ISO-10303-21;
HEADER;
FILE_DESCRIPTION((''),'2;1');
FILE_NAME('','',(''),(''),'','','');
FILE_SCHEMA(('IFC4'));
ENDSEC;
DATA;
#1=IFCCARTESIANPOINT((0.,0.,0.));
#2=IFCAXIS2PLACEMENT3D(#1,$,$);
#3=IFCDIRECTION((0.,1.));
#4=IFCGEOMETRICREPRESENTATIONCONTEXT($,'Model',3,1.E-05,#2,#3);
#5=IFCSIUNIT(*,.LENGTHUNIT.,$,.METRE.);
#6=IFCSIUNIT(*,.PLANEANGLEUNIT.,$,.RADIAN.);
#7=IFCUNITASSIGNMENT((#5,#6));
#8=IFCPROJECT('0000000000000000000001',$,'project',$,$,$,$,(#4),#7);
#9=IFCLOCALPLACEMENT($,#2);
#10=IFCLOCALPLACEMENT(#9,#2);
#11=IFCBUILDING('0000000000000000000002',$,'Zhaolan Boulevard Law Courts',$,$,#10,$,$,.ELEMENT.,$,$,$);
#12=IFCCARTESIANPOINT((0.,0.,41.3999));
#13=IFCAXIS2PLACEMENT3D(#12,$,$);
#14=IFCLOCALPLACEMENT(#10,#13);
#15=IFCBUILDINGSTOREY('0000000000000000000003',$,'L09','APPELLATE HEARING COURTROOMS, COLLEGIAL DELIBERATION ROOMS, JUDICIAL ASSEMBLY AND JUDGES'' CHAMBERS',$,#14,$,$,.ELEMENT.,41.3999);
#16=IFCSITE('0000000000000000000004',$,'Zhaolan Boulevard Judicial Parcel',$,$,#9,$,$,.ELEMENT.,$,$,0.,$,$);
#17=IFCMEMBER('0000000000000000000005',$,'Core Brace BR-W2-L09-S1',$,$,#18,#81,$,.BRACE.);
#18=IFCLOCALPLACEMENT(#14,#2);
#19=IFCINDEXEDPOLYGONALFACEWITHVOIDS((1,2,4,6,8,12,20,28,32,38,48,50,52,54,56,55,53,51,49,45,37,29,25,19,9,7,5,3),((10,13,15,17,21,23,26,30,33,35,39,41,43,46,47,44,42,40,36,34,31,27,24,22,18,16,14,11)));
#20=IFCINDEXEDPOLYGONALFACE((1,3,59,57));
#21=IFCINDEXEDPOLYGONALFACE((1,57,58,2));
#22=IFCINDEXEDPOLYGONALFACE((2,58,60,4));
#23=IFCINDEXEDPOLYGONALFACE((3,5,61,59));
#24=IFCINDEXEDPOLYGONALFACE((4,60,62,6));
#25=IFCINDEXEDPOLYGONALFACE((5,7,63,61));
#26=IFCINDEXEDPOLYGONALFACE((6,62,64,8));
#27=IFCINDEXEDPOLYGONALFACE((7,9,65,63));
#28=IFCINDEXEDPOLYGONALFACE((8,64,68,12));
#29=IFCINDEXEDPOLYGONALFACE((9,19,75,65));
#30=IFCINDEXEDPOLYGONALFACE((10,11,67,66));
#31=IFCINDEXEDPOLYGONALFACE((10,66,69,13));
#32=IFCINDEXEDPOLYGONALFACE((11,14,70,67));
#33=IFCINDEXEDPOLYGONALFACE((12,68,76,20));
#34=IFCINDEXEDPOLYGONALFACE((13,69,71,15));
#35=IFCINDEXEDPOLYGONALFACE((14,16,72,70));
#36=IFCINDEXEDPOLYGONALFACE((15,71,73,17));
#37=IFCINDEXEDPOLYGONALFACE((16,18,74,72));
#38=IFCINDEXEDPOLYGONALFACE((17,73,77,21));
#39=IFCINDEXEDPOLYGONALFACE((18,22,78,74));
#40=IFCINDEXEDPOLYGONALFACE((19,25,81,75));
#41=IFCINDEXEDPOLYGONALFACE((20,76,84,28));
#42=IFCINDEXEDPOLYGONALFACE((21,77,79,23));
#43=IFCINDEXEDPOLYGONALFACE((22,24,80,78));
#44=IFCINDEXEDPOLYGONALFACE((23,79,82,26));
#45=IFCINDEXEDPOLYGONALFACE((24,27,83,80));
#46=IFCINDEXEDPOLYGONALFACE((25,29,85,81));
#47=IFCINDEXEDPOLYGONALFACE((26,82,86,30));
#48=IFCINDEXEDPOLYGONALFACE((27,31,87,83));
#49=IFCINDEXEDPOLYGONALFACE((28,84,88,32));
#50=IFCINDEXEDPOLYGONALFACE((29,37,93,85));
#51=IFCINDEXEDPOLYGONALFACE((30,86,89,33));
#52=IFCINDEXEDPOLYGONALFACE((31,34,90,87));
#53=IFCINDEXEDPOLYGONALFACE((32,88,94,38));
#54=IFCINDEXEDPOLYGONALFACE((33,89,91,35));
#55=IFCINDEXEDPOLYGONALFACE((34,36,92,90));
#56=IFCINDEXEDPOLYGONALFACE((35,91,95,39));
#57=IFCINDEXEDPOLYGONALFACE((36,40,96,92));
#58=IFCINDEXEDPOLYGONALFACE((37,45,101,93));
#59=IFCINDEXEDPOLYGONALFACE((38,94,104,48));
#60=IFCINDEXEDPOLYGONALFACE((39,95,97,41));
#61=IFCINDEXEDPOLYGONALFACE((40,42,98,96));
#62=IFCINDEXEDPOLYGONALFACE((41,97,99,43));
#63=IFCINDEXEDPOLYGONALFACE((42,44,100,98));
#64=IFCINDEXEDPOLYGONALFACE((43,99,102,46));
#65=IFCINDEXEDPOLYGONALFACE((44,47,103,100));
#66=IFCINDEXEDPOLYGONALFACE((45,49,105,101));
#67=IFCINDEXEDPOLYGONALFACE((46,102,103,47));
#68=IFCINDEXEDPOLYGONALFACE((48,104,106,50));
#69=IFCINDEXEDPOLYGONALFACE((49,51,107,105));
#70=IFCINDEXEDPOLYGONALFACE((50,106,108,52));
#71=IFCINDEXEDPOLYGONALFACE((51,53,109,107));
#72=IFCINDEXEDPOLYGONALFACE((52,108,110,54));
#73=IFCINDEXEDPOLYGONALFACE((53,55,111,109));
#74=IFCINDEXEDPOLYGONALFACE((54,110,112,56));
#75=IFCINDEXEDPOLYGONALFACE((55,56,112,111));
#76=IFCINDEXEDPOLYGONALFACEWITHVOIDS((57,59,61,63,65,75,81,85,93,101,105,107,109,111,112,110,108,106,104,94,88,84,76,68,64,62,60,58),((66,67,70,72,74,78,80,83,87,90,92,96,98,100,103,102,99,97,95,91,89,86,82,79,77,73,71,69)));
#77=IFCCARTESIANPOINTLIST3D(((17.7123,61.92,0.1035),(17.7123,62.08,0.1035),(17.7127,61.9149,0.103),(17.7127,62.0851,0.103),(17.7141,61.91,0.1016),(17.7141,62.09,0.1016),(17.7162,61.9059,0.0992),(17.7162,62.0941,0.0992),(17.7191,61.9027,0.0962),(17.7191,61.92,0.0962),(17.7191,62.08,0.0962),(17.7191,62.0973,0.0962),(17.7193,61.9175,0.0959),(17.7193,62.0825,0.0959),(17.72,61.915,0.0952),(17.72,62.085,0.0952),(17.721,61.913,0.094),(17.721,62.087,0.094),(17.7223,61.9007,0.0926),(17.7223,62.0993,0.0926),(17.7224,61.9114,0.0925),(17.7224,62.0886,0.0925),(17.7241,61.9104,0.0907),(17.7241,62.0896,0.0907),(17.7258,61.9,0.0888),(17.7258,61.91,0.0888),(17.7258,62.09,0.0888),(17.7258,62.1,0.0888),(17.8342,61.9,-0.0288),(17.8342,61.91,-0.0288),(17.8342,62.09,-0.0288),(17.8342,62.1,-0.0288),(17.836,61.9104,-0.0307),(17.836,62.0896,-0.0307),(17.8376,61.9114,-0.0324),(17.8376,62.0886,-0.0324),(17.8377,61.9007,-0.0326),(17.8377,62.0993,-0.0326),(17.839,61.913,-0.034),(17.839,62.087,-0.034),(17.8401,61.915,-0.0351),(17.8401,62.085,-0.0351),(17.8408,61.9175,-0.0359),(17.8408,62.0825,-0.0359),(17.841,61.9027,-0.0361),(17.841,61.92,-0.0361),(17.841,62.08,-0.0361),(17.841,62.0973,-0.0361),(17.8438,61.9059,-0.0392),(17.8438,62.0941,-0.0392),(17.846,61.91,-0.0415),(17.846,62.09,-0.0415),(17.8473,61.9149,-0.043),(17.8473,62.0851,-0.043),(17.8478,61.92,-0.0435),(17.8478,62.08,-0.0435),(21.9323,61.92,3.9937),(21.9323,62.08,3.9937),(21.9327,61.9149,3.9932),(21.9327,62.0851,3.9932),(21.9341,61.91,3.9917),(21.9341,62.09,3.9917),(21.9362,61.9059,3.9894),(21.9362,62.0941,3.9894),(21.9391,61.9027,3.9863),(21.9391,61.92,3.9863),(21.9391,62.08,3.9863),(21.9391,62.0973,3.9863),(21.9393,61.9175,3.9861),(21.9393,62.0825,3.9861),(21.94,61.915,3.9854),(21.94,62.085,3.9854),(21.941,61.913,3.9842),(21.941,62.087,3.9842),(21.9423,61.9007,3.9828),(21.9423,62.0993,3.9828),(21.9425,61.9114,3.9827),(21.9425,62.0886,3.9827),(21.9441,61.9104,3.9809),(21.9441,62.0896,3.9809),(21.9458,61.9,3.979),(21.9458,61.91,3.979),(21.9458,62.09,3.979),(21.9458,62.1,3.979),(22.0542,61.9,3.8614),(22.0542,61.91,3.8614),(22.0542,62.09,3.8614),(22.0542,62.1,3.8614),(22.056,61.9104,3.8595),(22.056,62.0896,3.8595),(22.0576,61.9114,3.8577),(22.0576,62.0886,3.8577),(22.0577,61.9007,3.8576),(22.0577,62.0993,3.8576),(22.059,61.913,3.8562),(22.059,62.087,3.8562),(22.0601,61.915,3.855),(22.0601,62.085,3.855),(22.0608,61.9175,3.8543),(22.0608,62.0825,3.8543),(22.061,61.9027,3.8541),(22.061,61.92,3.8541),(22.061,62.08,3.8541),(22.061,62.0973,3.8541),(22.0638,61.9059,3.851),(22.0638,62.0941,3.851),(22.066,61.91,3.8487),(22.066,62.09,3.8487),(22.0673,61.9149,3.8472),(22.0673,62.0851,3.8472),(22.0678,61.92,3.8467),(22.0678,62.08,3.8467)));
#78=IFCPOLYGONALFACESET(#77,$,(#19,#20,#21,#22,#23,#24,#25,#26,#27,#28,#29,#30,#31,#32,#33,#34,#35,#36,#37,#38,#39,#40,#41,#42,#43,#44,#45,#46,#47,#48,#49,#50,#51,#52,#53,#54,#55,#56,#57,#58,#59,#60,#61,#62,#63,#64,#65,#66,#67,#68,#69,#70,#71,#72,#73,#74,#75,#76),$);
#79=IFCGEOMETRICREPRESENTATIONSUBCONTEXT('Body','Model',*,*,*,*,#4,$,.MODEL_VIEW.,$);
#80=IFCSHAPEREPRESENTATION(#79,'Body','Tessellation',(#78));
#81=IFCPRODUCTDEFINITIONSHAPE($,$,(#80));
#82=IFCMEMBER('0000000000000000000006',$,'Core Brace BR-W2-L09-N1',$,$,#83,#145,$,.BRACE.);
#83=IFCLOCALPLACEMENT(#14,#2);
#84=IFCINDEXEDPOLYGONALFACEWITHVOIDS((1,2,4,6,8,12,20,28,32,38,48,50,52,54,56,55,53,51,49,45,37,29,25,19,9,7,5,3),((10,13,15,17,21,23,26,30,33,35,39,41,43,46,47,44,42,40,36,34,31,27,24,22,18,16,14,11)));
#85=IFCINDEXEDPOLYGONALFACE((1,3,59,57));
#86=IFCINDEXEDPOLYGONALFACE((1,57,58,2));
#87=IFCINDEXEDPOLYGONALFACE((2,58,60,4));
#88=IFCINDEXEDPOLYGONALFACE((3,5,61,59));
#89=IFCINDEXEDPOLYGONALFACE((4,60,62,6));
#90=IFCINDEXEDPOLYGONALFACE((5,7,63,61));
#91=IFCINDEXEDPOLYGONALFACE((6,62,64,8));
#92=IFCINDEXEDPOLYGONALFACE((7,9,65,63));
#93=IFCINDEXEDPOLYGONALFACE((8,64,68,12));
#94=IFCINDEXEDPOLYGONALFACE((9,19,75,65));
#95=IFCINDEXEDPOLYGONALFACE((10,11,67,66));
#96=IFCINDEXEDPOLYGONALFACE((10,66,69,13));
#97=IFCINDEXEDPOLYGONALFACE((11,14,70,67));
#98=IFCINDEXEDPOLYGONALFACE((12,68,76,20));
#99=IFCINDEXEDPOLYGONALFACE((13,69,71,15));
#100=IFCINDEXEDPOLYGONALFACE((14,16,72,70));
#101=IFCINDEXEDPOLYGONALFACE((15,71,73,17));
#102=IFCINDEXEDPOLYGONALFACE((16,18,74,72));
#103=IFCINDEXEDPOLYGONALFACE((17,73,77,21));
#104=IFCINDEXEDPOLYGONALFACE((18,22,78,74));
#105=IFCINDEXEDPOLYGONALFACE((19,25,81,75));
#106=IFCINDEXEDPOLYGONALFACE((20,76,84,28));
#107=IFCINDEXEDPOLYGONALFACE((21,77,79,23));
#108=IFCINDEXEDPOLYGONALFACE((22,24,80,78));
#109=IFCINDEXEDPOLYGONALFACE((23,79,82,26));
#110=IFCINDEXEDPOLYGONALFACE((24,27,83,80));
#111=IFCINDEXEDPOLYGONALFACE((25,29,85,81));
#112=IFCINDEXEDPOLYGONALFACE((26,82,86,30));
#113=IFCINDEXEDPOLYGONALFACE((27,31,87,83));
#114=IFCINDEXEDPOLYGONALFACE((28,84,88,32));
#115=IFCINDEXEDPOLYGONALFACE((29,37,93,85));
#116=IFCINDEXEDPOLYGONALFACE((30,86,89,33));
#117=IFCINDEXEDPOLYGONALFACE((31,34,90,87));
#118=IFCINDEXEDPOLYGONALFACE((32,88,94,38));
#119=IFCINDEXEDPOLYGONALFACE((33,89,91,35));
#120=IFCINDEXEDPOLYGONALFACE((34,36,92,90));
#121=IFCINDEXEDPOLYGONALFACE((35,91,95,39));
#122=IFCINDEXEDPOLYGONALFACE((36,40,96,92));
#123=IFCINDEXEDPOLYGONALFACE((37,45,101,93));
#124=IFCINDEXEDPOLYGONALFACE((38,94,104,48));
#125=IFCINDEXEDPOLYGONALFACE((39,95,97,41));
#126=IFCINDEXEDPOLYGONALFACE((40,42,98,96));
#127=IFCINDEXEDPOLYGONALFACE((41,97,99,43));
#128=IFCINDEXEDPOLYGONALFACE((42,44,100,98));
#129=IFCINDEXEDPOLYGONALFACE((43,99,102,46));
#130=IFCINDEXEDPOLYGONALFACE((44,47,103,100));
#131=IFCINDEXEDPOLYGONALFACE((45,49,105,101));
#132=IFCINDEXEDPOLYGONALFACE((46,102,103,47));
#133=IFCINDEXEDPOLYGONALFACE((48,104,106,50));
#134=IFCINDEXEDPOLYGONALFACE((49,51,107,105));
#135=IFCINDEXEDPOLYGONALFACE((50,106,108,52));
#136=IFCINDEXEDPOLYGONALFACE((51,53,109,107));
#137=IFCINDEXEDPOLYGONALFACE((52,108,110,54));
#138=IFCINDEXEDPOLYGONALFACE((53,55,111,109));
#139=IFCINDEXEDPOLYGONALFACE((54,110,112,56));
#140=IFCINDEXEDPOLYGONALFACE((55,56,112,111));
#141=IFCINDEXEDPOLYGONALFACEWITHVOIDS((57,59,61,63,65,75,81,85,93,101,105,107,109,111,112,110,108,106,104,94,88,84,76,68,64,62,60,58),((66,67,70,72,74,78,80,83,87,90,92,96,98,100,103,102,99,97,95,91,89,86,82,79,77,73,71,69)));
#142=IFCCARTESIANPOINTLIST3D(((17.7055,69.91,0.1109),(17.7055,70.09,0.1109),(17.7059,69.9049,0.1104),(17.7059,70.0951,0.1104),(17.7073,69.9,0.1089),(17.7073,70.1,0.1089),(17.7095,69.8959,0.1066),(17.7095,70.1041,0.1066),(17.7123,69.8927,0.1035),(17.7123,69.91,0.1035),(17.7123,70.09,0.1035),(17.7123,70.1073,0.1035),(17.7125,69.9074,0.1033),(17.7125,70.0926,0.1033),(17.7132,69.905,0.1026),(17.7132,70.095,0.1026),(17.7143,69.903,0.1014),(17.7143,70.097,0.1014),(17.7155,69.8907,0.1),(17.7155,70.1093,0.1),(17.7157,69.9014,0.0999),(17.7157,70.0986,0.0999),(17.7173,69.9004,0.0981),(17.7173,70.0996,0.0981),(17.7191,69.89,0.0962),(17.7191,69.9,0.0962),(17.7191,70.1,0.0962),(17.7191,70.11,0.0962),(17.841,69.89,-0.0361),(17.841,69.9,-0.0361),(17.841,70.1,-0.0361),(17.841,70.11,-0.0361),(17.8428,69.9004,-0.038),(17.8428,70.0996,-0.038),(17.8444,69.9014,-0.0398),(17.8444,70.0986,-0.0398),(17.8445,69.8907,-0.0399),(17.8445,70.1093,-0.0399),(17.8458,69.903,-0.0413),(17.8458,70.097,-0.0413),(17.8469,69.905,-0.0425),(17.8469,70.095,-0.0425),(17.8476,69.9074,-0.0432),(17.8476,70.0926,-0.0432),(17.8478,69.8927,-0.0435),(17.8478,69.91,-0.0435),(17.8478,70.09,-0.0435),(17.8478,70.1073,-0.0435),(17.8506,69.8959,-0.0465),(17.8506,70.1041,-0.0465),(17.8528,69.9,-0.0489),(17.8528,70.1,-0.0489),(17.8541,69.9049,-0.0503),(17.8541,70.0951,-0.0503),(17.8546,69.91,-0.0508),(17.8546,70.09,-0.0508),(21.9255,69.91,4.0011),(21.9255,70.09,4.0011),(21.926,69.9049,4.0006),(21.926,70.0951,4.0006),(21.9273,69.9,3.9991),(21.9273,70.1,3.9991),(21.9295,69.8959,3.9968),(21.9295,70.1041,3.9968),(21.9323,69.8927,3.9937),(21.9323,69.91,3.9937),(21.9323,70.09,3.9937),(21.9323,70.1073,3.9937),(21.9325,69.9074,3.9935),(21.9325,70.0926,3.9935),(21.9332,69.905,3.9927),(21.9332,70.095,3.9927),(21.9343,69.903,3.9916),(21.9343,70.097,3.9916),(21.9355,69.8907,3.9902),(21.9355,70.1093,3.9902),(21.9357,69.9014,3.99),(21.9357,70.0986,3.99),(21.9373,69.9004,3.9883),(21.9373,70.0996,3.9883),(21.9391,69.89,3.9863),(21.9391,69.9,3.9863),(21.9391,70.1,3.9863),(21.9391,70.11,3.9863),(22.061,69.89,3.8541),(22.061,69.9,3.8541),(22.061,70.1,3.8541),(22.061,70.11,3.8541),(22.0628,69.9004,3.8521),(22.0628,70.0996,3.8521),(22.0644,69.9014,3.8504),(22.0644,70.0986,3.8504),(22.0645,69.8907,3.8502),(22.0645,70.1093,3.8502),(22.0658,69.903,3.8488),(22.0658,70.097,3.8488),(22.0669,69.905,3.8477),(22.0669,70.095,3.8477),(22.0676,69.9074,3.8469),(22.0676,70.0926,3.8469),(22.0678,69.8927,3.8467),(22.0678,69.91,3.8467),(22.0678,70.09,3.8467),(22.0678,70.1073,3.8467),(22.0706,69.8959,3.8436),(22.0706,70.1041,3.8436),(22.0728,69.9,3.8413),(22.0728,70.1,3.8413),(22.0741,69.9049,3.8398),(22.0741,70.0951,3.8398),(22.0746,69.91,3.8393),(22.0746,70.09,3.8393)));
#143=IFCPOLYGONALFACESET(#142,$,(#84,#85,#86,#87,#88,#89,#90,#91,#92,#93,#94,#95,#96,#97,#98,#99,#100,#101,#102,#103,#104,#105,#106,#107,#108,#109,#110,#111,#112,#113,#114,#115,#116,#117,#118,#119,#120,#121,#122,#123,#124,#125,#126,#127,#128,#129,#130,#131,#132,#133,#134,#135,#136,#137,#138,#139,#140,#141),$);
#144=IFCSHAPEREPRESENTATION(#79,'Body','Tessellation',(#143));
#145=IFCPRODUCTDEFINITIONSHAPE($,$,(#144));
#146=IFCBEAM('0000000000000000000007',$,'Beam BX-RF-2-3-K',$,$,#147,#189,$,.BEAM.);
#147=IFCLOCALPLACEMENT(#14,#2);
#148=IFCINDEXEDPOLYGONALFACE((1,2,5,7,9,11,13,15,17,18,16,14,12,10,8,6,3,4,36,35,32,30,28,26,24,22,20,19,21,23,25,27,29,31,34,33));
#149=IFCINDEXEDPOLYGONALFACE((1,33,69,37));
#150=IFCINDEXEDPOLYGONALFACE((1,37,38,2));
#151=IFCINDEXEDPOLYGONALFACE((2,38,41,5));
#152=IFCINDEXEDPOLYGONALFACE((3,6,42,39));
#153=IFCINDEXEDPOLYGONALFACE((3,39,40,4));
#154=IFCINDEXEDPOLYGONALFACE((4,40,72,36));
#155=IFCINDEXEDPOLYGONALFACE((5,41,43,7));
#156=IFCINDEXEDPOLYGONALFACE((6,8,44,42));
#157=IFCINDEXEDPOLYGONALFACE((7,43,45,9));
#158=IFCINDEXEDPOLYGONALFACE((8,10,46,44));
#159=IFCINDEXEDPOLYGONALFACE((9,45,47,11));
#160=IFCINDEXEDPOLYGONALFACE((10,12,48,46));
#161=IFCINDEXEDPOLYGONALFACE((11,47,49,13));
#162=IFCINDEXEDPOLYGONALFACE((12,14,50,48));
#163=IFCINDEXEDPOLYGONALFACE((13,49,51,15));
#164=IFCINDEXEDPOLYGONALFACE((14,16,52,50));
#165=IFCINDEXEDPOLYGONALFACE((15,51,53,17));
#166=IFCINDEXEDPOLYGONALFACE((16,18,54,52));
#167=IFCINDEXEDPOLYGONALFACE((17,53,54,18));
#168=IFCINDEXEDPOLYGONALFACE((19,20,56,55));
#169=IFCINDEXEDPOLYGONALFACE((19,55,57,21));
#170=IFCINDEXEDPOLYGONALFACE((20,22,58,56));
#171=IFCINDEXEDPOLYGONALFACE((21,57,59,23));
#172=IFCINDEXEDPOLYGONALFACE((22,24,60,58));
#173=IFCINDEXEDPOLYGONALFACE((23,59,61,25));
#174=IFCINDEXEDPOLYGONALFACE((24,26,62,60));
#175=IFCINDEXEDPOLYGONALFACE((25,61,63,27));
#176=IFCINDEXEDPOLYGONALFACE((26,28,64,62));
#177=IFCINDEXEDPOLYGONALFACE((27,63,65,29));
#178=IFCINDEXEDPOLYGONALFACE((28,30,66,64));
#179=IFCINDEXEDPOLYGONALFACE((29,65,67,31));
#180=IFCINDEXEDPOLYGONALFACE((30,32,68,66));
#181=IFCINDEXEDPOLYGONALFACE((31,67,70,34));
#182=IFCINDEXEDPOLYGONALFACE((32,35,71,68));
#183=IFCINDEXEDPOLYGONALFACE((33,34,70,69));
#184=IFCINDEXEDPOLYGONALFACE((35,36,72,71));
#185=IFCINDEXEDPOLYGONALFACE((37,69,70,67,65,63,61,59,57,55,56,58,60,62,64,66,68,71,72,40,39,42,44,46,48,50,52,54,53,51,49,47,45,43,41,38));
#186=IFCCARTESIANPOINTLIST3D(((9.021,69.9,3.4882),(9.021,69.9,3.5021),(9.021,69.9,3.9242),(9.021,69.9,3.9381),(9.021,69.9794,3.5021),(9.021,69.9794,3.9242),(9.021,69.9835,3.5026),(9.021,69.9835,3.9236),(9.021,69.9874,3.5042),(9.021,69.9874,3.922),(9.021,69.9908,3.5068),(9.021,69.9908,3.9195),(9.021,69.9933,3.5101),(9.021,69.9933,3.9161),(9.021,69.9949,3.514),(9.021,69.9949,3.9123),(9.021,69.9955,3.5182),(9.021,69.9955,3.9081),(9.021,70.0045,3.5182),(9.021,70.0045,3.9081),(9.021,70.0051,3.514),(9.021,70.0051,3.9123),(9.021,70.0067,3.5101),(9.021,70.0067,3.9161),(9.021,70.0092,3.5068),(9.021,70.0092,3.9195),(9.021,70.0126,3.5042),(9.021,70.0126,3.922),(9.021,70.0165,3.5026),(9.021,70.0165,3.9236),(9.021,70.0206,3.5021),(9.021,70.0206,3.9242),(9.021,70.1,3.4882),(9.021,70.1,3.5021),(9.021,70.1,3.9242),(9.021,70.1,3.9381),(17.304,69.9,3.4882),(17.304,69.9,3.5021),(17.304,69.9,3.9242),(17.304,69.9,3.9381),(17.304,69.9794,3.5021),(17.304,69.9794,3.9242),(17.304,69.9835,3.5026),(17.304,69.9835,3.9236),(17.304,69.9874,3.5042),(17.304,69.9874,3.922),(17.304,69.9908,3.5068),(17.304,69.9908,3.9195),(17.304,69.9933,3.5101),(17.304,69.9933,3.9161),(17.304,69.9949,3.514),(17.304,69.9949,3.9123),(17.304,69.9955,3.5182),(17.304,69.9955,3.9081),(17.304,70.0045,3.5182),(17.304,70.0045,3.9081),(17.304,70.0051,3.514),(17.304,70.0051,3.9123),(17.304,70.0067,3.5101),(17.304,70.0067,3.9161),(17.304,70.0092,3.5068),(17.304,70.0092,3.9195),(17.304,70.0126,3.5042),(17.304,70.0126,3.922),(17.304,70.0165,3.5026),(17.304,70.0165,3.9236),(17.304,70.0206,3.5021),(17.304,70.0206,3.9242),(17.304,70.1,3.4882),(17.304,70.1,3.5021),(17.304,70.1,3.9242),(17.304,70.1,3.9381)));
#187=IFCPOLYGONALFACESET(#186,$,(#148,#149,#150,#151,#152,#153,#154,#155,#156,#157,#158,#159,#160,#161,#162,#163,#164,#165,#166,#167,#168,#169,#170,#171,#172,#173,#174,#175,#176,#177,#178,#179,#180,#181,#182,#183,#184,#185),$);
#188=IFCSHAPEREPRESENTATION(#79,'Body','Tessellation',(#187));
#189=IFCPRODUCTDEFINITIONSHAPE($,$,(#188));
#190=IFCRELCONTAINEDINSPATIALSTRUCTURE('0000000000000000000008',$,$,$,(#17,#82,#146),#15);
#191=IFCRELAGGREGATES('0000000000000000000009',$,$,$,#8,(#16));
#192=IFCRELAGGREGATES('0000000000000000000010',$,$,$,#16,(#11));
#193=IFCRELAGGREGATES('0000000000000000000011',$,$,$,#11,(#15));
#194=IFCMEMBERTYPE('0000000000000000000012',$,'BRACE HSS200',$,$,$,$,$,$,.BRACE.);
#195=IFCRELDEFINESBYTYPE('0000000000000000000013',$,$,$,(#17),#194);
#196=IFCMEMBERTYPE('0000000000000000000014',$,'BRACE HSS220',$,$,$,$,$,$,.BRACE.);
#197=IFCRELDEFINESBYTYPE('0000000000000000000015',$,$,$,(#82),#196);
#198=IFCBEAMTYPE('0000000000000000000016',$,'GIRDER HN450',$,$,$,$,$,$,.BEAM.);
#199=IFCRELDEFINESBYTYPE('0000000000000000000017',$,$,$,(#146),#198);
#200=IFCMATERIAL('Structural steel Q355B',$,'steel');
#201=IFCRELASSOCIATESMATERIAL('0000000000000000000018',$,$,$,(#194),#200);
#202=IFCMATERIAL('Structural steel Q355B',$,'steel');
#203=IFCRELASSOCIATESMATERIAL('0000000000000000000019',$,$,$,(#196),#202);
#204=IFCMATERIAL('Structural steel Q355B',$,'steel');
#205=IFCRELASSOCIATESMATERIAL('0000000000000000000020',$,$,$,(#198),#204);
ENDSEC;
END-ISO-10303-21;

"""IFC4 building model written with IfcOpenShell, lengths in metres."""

from ifc_helpers import new_model, si_unit, direction, frame, origin, origin_2d, place, context, subcontext, project, spatial, hollow_rectangle, i_section, extrude, material, material_profile, profile_set, type_object, element, save


model = new_model("IFC4")

# Units and contexts
model_context = context("Model", 3, precision=1e-05, world=origin(), true_north=direction((0.0, 1.0)))
body_context = subcontext(model_context, "Body", "Model", "MODEL_VIEW")
ifc_project = project(units=[si_unit("LENGTHUNIT", "METRE"), si_unit("PLANEANGLEUNIT", "RADIAN")], contexts=[model_context])

# Site, building, storey
site_placement = place(None, origin())
site = spatial("IfcSite", under=ifc_project, at=site_placement, Name="Zhaolan Boulevard Judicial Parcel", CompositionType="ELEMENT", RefElevation=0.0)
building_placement = place(site_placement, origin())
building = spatial("IfcBuilding", under=site, at=building_placement, Name="Zhaolan Boulevard Law Courts", CompositionType="ELEMENT")
storey_placement = place(building_placement, frame((0.0, 0.0, 41.3999)))
storey = spatial("IfcBuildingStorey", under=building, at=storey_placement, Name="L09", Description="APPELLATE HEARING COURTROOMS, COLLEGIAL DELIBERATION ROOMS, JUDICIAL ASSEMBLY AND JUDGES' CHAMBERS", CompositionType="ELEMENT", Elevation=41.3999)

# Members
ifc_material_1 = material(Name="Structural steel Q355B", Category="steel")
ifc_material_profile_1 = material_profile(ifc_material_1, hollow_rectangle(XDim=0.2, YDim=0.2, WallThickness=0.01, InnerFilletRadius=0.01, OuterFilletRadius=0.02, at=origin_2d()), Name="HSS200x200x10")
ifc_profile_set_1 = profile_set([ifc_material_profile_1], Name="Structural steel Q355B")
member_type_1 = type_object("IfcMemberType", Name="BRACE HSS200", PredefinedType="BRACE", material=ifc_profile_set_1)
member_1_placement = place(storey_placement, frame((17.78, 62.0, 0.03), z_axis=(0.735257, 0.0, 0.677789), x_axis=(0.0, 1.0, 0.0)))
element("IfcMember", 1, at=member_1_placement, inside=storey, type_object=member_type_1, Name="Core Brace BR-W2-L09-S1", PredefinedType="BRACE", context=body_context, shape_type="SweptSolid", body=[
    extrude(hollow_rectangle(XDim=0.2, YDim=0.2, WallThickness=0.01, InnerFilletRadius=0.01, OuterFilletRadius=0.02, at=origin_2d()), origin(), (0.0, 0.0, 1.0), 5.7395),
])
ifc_material_2 = material(Name="Structural steel Q355B", Category="steel")
ifc_material_profile_2 = material_profile(ifc_material_2, hollow_rectangle(XDim=0.22, YDim=0.22, WallThickness=0.01, InnerFilletRadius=0.01, OuterFilletRadius=0.02, at=origin_2d()), Name="HSS220x220x10")
ifc_profile_set_2 = profile_set([ifc_material_profile_2], Name="Structural steel Q355B")
member_type_2 = type_object("IfcMemberType", Name="BRACE HSS220", PredefinedType="BRACE", material=ifc_profile_set_2)
member_2_placement = place(storey_placement, frame((17.78, 70.0, 0.03), z_axis=(0.735257, 0.0, 0.677789), x_axis=(0.0, 1.0, 0.0)))
element("IfcMember", 2, at=member_2_placement, inside=storey, type_object=member_type_2, Name="Core Brace BR-W2-L09-N1", PredefinedType="BRACE", context=body_context, shape_type="SweptSolid", body=[
    extrude(hollow_rectangle(XDim=0.22, YDim=0.22, WallThickness=0.01, InnerFilletRadius=0.01, OuterFilletRadius=0.02, at=origin_2d()), origin(), (0.0, 0.0, 1.0), 5.7395),
])

# Beam
ifc_material_3 = material(Name="Structural steel Q355B", Category="steel")
ifc_material_profile_3 = material_profile(ifc_material_3, i_section(OverallWidth=0.2, OverallDepth=0.45, WebThickness=0.009, FlangeThickness=0.0139, FilletRadius=0.0161, at=origin_2d()), Name="HN450x200")
ifc_profile_set_3 = profile_set([ifc_material_profile_3], Name="Structural steel Q355B")
beam_type = type_object("IfcBeamType", Name="GIRDER HN450", PredefinedType="BEAM", material=ifc_profile_set_3)
beam_1_placement = place(storey_placement, frame((9.021, 70.0, 3.7131), z_axis=(1.0, 0.0, 0.0), x_axis=(0.0, 1.0, 0.0)))
element("IfcBeam", 3, at=beam_1_placement, inside=storey, type_object=beam_type, Name="Beam BX-RF-2-3-K", PredefinedType="BEAM", context=body_context, shape_type="SweptSolid", body=[
    extrude(i_section(OverallWidth=0.2, OverallDepth=0.45, WebThickness=0.009, FlangeThickness=0.0139, FilletRadius=0.0161, at=origin_2d()), origin(), (0.0, 0.0, 1.0), 8.283),
])

save(model, "model.ifc")
